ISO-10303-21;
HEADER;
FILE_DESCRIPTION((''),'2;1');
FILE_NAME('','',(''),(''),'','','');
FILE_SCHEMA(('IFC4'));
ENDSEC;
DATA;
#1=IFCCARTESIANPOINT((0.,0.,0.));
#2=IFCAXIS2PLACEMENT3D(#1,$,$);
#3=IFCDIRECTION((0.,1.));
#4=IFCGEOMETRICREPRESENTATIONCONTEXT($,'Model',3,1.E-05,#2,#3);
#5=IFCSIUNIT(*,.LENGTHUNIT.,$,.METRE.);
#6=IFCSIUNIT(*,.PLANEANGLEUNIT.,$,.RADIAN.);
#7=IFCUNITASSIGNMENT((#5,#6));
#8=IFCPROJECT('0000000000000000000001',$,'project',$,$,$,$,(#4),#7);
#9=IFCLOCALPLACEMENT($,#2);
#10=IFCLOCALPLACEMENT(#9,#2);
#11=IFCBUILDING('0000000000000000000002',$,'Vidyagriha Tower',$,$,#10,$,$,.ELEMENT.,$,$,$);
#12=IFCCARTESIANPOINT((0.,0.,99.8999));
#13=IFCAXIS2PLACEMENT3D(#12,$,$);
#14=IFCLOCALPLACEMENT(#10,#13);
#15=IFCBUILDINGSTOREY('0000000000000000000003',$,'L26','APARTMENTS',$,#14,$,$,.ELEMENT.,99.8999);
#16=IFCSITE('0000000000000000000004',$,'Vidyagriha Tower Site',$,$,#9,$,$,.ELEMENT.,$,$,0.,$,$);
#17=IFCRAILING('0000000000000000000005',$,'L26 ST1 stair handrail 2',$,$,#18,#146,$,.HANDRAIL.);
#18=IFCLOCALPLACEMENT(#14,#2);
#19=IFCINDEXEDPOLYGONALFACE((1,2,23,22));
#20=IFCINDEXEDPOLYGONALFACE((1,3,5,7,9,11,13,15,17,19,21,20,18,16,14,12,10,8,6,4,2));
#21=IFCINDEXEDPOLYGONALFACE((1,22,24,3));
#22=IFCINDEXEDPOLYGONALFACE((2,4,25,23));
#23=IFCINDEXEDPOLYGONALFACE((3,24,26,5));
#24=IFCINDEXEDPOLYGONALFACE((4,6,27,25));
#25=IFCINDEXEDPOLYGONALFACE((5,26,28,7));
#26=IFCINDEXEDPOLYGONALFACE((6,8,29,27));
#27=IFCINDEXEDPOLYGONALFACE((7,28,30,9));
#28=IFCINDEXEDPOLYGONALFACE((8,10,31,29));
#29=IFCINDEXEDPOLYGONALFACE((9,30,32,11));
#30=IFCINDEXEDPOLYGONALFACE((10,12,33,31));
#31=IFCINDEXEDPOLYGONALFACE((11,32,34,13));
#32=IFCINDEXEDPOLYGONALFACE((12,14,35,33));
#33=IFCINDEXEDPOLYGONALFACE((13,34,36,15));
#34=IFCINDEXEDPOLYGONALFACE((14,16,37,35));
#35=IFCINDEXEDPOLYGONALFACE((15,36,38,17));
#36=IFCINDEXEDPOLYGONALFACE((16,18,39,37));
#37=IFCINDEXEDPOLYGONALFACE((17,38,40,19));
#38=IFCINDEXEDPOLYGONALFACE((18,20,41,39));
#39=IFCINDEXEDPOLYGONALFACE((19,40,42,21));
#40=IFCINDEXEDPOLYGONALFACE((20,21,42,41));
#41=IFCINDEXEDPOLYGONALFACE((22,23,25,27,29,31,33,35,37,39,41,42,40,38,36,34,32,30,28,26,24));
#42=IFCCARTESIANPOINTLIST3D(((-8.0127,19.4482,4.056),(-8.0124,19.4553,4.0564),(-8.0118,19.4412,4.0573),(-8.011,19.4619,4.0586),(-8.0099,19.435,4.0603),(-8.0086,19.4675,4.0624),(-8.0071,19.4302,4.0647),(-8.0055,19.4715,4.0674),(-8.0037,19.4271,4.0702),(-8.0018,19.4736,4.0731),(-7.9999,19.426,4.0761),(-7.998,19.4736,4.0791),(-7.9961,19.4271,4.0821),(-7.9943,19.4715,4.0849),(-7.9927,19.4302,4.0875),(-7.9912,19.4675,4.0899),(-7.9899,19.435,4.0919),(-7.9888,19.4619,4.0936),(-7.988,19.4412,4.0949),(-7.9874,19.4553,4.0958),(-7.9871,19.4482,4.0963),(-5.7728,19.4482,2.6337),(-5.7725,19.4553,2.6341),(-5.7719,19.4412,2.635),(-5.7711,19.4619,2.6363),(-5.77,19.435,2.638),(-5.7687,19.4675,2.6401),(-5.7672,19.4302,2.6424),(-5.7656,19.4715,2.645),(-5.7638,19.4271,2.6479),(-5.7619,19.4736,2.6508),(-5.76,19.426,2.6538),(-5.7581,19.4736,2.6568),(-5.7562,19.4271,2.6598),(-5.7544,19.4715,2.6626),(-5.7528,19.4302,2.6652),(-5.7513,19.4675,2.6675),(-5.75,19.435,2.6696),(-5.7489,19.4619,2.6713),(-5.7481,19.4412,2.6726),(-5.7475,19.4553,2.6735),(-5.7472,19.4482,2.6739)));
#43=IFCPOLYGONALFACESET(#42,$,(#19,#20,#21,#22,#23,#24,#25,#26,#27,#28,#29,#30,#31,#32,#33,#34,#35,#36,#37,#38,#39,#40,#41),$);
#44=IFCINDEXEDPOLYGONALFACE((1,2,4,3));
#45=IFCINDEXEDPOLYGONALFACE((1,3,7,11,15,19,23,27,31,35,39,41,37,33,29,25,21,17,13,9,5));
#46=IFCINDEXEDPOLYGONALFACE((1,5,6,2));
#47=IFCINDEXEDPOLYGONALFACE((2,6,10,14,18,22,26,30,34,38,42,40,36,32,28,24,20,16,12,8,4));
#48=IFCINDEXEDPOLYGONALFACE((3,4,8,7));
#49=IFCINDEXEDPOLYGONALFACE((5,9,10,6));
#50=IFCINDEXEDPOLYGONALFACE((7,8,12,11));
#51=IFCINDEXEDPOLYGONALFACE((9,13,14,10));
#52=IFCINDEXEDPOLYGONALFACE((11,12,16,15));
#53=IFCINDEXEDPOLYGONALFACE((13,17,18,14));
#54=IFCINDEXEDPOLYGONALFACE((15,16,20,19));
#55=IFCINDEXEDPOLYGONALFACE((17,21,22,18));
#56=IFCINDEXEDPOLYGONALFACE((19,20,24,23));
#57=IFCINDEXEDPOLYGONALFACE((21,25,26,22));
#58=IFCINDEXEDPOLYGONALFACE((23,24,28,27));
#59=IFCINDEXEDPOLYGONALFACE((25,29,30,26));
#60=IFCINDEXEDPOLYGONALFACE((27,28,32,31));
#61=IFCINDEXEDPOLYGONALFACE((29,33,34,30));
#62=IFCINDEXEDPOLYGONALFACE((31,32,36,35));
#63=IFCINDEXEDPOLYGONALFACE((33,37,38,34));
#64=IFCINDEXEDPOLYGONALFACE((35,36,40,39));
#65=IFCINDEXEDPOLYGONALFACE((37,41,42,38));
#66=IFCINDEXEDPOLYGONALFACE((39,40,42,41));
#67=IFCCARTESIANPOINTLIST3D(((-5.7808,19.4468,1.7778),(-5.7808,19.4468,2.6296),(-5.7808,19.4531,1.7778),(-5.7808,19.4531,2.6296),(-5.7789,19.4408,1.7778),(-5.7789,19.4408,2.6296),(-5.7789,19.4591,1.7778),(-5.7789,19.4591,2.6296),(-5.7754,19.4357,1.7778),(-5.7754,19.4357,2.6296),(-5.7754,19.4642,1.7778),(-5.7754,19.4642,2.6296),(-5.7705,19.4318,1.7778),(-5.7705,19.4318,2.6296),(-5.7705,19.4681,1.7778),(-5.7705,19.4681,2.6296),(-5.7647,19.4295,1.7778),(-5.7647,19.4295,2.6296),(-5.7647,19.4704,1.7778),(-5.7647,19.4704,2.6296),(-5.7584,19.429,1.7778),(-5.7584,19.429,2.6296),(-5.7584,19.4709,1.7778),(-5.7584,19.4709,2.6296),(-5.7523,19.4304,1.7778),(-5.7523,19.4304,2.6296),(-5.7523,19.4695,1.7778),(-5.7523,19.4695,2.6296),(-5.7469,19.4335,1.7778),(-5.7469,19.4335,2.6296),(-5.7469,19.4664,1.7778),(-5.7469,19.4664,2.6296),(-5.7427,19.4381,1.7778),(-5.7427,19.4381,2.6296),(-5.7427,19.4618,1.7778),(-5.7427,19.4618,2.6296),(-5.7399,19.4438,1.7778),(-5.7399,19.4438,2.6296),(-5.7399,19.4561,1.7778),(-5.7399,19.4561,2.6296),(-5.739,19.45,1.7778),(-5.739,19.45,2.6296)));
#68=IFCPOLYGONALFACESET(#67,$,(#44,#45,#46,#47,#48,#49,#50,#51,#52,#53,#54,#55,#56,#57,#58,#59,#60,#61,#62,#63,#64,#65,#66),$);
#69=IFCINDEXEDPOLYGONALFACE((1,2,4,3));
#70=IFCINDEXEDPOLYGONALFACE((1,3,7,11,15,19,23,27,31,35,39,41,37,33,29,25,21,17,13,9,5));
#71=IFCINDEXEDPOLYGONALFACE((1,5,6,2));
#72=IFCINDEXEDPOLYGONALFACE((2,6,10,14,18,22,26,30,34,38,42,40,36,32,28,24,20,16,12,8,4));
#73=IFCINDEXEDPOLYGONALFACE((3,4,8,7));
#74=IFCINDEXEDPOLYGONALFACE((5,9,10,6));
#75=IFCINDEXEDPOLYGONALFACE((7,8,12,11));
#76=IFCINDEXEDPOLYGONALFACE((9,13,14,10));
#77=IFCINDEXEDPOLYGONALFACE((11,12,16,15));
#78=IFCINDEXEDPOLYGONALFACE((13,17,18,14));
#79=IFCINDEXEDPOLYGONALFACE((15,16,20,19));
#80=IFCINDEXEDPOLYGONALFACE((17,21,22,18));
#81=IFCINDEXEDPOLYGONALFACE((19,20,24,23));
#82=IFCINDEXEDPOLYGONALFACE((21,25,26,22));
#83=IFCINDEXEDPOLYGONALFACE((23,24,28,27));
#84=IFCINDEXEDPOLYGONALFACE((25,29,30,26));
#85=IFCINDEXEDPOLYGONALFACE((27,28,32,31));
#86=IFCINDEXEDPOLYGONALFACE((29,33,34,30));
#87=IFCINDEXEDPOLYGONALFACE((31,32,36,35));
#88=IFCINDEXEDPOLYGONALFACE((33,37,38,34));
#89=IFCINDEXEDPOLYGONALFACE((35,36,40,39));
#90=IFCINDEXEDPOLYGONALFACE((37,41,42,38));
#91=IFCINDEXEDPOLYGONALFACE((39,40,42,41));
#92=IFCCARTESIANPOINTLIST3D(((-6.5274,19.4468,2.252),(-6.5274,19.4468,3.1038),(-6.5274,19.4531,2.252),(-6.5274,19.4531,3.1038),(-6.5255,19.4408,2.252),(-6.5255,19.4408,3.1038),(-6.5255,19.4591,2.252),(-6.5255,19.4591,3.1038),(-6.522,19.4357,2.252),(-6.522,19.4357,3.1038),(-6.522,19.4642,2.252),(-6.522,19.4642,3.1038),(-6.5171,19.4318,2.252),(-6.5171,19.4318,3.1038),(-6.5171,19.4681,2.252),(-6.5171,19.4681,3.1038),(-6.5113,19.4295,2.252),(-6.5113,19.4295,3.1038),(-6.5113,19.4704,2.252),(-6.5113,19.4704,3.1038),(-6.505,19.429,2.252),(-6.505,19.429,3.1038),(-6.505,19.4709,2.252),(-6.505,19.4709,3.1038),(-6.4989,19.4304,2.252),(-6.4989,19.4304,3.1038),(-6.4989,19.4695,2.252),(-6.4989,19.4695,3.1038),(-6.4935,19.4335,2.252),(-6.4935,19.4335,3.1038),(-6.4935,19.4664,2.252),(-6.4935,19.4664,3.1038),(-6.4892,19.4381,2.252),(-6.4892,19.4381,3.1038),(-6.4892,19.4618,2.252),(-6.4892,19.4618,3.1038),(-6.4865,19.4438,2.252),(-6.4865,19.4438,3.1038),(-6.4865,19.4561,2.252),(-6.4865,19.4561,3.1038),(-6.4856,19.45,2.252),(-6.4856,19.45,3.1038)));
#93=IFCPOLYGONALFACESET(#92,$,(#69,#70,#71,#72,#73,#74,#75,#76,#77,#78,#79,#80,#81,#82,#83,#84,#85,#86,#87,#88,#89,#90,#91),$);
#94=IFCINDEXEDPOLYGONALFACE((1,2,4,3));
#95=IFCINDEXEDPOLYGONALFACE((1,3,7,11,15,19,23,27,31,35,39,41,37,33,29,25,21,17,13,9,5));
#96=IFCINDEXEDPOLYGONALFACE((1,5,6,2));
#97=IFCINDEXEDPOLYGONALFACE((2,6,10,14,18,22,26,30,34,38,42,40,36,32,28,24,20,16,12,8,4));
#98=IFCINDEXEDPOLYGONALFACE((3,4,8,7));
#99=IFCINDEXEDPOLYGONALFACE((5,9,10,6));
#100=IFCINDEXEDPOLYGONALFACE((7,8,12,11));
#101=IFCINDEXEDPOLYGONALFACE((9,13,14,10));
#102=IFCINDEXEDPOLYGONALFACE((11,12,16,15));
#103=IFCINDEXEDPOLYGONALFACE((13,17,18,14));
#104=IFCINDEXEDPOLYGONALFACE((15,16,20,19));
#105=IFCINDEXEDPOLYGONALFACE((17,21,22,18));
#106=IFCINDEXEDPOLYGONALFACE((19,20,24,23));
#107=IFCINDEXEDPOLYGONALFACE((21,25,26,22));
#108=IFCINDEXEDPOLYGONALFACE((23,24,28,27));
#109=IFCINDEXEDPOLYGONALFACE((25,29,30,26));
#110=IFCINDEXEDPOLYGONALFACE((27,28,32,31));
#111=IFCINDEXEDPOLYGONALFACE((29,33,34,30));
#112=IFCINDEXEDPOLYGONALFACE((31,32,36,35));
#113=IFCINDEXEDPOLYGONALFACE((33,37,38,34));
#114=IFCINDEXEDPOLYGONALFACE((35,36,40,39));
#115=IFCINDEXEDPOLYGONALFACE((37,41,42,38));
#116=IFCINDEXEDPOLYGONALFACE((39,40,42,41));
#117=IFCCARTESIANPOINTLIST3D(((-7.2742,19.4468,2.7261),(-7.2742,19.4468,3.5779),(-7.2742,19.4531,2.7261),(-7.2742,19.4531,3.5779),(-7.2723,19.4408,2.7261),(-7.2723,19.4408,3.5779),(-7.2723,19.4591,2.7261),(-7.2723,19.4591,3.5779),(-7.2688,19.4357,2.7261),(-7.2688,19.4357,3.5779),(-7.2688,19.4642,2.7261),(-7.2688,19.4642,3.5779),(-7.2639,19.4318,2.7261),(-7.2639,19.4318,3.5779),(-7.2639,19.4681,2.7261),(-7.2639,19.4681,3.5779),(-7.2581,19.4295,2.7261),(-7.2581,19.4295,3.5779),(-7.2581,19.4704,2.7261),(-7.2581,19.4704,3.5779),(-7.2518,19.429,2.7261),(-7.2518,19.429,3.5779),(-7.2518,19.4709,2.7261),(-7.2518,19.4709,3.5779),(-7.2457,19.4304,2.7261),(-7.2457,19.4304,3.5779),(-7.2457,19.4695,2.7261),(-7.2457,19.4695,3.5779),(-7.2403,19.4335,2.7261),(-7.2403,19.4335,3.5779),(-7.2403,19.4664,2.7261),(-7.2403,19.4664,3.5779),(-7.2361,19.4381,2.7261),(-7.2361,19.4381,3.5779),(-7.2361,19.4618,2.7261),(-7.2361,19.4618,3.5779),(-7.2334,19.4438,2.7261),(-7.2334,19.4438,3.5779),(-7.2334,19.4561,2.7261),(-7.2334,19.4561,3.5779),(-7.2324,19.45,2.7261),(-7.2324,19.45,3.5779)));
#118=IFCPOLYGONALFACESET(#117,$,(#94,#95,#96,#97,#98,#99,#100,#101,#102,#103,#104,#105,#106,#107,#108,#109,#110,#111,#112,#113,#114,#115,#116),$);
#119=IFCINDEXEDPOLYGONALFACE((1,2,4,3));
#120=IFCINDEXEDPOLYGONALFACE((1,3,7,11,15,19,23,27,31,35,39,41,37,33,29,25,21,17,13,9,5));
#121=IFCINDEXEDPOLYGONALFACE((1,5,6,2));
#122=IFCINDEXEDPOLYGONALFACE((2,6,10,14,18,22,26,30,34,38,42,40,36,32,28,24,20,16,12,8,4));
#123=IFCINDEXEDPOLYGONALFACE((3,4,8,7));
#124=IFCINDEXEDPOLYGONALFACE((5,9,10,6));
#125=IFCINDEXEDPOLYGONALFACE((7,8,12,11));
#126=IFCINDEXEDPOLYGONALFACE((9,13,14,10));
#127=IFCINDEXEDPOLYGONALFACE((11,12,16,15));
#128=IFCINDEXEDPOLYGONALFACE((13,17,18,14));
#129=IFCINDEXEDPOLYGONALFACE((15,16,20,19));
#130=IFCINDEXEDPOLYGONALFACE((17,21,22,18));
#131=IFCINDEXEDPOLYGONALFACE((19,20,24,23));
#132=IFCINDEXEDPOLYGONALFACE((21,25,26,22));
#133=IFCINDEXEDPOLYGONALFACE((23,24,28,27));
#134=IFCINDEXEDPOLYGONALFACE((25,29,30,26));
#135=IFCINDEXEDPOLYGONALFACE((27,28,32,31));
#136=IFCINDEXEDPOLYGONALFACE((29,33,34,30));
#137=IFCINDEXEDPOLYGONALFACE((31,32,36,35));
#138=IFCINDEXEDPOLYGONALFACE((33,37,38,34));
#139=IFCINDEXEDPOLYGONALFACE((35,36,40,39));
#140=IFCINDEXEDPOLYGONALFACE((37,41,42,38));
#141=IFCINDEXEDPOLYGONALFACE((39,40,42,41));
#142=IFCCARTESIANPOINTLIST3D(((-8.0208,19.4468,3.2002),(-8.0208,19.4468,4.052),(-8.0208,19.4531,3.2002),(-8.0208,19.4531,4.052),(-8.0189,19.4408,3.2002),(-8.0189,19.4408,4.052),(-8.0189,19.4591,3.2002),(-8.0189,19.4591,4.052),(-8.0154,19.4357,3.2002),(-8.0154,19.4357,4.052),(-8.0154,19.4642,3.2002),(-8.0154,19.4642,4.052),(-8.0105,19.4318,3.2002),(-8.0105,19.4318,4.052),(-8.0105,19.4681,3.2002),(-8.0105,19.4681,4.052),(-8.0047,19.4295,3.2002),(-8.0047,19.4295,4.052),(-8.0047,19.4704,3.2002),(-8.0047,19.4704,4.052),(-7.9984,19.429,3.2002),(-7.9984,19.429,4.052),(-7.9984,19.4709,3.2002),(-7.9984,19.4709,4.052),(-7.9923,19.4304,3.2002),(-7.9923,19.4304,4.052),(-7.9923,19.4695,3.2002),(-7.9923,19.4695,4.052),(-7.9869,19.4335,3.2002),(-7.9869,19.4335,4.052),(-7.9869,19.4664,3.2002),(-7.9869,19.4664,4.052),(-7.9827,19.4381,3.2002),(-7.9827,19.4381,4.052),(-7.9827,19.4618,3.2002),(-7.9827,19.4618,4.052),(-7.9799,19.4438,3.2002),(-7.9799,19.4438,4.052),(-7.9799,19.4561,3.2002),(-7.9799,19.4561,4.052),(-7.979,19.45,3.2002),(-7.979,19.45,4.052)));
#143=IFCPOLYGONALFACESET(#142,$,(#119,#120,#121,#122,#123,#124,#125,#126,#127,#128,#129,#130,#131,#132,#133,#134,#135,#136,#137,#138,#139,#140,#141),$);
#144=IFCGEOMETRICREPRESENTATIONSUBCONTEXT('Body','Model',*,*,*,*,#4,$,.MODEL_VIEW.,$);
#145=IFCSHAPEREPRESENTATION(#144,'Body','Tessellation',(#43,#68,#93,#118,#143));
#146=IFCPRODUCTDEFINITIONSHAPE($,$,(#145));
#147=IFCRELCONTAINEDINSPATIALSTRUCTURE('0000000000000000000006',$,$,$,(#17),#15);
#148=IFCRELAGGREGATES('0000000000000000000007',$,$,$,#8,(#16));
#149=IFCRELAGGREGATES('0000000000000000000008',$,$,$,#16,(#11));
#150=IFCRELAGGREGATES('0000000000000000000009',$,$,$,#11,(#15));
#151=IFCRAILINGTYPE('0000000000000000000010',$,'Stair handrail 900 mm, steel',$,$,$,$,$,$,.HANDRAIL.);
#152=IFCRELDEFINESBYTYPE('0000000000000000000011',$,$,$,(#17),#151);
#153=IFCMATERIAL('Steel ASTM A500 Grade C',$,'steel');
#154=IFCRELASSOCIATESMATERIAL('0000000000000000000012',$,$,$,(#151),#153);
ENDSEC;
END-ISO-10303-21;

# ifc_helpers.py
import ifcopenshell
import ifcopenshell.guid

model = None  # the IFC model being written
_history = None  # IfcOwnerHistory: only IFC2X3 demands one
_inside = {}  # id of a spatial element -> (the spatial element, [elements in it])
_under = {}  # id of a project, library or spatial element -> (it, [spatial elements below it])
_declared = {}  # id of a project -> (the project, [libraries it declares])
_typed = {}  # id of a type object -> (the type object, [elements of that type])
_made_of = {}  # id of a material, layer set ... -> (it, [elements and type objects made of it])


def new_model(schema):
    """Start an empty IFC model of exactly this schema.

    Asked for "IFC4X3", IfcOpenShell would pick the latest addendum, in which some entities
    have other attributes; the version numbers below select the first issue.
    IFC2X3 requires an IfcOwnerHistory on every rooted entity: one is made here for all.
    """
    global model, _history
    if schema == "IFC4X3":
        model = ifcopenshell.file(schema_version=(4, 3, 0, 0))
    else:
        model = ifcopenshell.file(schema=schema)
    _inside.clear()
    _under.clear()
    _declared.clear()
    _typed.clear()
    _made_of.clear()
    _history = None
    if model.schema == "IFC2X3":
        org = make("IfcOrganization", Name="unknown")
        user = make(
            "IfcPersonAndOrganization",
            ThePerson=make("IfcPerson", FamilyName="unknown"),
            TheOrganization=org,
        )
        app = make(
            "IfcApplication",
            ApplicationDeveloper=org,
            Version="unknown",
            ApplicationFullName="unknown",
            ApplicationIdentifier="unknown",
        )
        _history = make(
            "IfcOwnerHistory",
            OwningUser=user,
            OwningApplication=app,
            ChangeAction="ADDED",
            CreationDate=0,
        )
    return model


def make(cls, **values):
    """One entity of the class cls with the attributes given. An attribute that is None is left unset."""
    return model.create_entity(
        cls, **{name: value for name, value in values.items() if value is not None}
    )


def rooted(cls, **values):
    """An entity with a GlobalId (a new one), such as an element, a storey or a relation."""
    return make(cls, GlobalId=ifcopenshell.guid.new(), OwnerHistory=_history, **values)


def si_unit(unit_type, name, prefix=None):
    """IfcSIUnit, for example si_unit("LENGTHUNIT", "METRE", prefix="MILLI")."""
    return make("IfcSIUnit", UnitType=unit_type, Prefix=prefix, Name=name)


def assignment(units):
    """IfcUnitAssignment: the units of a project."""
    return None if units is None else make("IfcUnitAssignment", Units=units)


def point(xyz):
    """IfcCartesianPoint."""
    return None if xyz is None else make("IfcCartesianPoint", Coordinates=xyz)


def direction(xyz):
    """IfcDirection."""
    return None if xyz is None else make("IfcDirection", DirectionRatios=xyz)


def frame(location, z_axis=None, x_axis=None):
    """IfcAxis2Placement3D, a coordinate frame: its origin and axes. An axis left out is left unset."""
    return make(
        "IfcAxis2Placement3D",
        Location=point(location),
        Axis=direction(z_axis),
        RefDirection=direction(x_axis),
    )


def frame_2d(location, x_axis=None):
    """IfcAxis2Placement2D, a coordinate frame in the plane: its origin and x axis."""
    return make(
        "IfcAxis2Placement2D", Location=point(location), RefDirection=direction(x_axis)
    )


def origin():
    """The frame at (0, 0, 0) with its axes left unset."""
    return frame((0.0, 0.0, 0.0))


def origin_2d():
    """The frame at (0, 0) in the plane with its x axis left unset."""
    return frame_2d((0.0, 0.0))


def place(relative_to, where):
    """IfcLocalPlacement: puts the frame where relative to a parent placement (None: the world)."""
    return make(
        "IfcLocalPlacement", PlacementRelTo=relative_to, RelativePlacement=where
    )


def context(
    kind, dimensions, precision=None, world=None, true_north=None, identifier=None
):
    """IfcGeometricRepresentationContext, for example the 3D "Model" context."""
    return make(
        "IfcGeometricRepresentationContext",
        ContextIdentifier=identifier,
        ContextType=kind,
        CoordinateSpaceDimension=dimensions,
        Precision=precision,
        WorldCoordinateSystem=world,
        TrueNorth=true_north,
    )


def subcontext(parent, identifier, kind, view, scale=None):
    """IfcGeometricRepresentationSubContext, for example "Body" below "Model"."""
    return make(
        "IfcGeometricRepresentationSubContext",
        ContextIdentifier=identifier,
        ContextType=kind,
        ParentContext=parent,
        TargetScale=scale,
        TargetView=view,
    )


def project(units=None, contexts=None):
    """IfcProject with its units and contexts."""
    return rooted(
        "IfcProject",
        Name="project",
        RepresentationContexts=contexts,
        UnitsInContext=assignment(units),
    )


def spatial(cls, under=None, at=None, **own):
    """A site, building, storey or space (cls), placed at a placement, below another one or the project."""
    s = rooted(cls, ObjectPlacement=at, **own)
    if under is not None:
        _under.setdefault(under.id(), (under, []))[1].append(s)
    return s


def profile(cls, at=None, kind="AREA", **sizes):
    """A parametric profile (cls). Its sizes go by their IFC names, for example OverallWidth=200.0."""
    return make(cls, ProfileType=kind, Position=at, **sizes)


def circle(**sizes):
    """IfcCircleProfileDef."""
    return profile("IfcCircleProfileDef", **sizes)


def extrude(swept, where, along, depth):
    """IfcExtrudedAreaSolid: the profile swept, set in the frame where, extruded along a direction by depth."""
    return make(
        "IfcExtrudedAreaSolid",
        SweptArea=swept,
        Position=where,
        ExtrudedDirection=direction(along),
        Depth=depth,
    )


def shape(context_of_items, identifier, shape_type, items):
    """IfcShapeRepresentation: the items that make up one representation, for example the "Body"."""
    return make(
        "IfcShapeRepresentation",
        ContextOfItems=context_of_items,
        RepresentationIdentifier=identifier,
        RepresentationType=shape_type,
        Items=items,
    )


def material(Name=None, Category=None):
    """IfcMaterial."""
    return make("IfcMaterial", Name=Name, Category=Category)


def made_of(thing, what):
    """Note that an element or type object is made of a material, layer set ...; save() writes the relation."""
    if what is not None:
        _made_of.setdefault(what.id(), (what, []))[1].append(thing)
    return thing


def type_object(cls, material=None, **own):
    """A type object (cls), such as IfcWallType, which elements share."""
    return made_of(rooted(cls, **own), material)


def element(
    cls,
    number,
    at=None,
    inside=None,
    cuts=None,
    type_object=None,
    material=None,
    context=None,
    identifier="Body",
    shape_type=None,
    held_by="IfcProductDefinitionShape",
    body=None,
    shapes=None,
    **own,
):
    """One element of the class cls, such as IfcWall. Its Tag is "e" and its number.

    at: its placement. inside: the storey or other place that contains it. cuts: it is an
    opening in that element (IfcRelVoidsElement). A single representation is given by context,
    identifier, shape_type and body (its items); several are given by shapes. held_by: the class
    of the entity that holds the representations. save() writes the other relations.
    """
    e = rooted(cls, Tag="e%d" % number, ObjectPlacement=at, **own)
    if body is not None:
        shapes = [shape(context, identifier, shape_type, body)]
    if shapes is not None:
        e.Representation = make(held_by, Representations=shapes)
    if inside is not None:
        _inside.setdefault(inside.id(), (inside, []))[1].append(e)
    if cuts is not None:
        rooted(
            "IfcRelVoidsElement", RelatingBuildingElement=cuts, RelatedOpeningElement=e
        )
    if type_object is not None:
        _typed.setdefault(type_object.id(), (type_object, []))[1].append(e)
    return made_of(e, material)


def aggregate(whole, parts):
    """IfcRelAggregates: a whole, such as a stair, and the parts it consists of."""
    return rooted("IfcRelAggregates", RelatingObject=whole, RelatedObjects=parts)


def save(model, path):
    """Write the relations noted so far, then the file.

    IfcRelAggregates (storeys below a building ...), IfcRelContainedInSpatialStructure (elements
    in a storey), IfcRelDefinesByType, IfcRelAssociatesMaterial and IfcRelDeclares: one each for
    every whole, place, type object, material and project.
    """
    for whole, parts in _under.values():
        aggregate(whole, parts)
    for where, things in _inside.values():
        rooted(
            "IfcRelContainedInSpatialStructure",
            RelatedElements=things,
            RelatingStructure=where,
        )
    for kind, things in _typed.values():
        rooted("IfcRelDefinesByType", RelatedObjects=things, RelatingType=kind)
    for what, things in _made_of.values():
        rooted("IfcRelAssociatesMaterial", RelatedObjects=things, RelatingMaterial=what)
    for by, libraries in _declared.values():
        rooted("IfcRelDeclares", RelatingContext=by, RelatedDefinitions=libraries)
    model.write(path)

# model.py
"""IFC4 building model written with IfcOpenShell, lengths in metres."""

from ifc_helpers import new_model, si_unit, direction, frame, origin, origin_2d, place, context, subcontext, project, spatial, circle, extrude, material, type_object, element, save


model = new_model("IFC4")

# Units and contexts
model_context = context("Model", 3, precision=1e-05, world=origin(), true_north=direction((0.0, 1.0)))
body_context = subcontext(model_context, "Body", "Model", "MODEL_VIEW")
ifc_project = project(units=[si_unit("LENGTHUNIT", "METRE"), si_unit("PLANEANGLEUNIT", "RADIAN")], contexts=[model_context])

# Site, building, storey
site_placement = place(None, origin())
site = spatial("IfcSite", under=ifc_project, at=site_placement, Name="Vidyagriha Tower Site", CompositionType="ELEMENT", RefElevation=0.0)
building_placement = place(site_placement, origin())
building = spatial("IfcBuilding", under=site, at=building_placement, Name="Vidyagriha Tower", CompositionType="ELEMENT")
storey_placement = place(building_placement, frame((0.0, 0.0, 99.8999)))
storey = spatial("IfcBuildingStorey", under=building, at=storey_placement, Name="L26", Description="APARTMENTS", CompositionType="ELEMENT", Elevation=99.8999)

# Railing
ifc_material_1 = material(Name="Steel ASTM A500 Grade C", Category="steel")
railing_type_1 = type_object("IfcRailingType", Name="Stair handrail 900 mm, steel", PredefinedType="HANDRAIL", material=ifc_material_1)
railing_1_placement = place(storey_placement, frame((-5.76, 19.45, 1.7778)))
element("IfcRailing", 1, at=railing_1_placement, inside=storey, type_object=railing_type_1, Name="L26 ST1 stair handrail 2", PredefinedType="HANDRAIL", context=body_context, shape_type="SweptSolid", body=[
    extrude(circle(Radius=0.0239, at=origin_2d()), frame((0.0, 0.0, 0.876), z_axis=(-0.844188, 0.0, 0.536048), x_axis=(0.0, -1.0, 0.0)), (0.0, 0.0, 1.0), 2.6533),
    extrude(circle(Radius=0.021, at=origin_2d()), origin(), (0.0, 0.0, 1.0), 0.8518),
    extrude(circle(Radius=0.021, at=origin_2d()), frame((-0.7466, 0.0, 0.4741)), (0.0, 0.0, 1.0), 0.8518),
    extrude(circle(Radius=0.021, at=origin_2d()), frame((-1.4934, 0.0, 0.9482)), (0.0, 0.0, 1.0), 0.8518),
    extrude(circle(Radius=0.021, at=origin_2d()), frame((-2.24, 0.0, 1.4224)), (0.0, 0.0, 1.0), 0.8518),
])

save(model, "model.ifc")
